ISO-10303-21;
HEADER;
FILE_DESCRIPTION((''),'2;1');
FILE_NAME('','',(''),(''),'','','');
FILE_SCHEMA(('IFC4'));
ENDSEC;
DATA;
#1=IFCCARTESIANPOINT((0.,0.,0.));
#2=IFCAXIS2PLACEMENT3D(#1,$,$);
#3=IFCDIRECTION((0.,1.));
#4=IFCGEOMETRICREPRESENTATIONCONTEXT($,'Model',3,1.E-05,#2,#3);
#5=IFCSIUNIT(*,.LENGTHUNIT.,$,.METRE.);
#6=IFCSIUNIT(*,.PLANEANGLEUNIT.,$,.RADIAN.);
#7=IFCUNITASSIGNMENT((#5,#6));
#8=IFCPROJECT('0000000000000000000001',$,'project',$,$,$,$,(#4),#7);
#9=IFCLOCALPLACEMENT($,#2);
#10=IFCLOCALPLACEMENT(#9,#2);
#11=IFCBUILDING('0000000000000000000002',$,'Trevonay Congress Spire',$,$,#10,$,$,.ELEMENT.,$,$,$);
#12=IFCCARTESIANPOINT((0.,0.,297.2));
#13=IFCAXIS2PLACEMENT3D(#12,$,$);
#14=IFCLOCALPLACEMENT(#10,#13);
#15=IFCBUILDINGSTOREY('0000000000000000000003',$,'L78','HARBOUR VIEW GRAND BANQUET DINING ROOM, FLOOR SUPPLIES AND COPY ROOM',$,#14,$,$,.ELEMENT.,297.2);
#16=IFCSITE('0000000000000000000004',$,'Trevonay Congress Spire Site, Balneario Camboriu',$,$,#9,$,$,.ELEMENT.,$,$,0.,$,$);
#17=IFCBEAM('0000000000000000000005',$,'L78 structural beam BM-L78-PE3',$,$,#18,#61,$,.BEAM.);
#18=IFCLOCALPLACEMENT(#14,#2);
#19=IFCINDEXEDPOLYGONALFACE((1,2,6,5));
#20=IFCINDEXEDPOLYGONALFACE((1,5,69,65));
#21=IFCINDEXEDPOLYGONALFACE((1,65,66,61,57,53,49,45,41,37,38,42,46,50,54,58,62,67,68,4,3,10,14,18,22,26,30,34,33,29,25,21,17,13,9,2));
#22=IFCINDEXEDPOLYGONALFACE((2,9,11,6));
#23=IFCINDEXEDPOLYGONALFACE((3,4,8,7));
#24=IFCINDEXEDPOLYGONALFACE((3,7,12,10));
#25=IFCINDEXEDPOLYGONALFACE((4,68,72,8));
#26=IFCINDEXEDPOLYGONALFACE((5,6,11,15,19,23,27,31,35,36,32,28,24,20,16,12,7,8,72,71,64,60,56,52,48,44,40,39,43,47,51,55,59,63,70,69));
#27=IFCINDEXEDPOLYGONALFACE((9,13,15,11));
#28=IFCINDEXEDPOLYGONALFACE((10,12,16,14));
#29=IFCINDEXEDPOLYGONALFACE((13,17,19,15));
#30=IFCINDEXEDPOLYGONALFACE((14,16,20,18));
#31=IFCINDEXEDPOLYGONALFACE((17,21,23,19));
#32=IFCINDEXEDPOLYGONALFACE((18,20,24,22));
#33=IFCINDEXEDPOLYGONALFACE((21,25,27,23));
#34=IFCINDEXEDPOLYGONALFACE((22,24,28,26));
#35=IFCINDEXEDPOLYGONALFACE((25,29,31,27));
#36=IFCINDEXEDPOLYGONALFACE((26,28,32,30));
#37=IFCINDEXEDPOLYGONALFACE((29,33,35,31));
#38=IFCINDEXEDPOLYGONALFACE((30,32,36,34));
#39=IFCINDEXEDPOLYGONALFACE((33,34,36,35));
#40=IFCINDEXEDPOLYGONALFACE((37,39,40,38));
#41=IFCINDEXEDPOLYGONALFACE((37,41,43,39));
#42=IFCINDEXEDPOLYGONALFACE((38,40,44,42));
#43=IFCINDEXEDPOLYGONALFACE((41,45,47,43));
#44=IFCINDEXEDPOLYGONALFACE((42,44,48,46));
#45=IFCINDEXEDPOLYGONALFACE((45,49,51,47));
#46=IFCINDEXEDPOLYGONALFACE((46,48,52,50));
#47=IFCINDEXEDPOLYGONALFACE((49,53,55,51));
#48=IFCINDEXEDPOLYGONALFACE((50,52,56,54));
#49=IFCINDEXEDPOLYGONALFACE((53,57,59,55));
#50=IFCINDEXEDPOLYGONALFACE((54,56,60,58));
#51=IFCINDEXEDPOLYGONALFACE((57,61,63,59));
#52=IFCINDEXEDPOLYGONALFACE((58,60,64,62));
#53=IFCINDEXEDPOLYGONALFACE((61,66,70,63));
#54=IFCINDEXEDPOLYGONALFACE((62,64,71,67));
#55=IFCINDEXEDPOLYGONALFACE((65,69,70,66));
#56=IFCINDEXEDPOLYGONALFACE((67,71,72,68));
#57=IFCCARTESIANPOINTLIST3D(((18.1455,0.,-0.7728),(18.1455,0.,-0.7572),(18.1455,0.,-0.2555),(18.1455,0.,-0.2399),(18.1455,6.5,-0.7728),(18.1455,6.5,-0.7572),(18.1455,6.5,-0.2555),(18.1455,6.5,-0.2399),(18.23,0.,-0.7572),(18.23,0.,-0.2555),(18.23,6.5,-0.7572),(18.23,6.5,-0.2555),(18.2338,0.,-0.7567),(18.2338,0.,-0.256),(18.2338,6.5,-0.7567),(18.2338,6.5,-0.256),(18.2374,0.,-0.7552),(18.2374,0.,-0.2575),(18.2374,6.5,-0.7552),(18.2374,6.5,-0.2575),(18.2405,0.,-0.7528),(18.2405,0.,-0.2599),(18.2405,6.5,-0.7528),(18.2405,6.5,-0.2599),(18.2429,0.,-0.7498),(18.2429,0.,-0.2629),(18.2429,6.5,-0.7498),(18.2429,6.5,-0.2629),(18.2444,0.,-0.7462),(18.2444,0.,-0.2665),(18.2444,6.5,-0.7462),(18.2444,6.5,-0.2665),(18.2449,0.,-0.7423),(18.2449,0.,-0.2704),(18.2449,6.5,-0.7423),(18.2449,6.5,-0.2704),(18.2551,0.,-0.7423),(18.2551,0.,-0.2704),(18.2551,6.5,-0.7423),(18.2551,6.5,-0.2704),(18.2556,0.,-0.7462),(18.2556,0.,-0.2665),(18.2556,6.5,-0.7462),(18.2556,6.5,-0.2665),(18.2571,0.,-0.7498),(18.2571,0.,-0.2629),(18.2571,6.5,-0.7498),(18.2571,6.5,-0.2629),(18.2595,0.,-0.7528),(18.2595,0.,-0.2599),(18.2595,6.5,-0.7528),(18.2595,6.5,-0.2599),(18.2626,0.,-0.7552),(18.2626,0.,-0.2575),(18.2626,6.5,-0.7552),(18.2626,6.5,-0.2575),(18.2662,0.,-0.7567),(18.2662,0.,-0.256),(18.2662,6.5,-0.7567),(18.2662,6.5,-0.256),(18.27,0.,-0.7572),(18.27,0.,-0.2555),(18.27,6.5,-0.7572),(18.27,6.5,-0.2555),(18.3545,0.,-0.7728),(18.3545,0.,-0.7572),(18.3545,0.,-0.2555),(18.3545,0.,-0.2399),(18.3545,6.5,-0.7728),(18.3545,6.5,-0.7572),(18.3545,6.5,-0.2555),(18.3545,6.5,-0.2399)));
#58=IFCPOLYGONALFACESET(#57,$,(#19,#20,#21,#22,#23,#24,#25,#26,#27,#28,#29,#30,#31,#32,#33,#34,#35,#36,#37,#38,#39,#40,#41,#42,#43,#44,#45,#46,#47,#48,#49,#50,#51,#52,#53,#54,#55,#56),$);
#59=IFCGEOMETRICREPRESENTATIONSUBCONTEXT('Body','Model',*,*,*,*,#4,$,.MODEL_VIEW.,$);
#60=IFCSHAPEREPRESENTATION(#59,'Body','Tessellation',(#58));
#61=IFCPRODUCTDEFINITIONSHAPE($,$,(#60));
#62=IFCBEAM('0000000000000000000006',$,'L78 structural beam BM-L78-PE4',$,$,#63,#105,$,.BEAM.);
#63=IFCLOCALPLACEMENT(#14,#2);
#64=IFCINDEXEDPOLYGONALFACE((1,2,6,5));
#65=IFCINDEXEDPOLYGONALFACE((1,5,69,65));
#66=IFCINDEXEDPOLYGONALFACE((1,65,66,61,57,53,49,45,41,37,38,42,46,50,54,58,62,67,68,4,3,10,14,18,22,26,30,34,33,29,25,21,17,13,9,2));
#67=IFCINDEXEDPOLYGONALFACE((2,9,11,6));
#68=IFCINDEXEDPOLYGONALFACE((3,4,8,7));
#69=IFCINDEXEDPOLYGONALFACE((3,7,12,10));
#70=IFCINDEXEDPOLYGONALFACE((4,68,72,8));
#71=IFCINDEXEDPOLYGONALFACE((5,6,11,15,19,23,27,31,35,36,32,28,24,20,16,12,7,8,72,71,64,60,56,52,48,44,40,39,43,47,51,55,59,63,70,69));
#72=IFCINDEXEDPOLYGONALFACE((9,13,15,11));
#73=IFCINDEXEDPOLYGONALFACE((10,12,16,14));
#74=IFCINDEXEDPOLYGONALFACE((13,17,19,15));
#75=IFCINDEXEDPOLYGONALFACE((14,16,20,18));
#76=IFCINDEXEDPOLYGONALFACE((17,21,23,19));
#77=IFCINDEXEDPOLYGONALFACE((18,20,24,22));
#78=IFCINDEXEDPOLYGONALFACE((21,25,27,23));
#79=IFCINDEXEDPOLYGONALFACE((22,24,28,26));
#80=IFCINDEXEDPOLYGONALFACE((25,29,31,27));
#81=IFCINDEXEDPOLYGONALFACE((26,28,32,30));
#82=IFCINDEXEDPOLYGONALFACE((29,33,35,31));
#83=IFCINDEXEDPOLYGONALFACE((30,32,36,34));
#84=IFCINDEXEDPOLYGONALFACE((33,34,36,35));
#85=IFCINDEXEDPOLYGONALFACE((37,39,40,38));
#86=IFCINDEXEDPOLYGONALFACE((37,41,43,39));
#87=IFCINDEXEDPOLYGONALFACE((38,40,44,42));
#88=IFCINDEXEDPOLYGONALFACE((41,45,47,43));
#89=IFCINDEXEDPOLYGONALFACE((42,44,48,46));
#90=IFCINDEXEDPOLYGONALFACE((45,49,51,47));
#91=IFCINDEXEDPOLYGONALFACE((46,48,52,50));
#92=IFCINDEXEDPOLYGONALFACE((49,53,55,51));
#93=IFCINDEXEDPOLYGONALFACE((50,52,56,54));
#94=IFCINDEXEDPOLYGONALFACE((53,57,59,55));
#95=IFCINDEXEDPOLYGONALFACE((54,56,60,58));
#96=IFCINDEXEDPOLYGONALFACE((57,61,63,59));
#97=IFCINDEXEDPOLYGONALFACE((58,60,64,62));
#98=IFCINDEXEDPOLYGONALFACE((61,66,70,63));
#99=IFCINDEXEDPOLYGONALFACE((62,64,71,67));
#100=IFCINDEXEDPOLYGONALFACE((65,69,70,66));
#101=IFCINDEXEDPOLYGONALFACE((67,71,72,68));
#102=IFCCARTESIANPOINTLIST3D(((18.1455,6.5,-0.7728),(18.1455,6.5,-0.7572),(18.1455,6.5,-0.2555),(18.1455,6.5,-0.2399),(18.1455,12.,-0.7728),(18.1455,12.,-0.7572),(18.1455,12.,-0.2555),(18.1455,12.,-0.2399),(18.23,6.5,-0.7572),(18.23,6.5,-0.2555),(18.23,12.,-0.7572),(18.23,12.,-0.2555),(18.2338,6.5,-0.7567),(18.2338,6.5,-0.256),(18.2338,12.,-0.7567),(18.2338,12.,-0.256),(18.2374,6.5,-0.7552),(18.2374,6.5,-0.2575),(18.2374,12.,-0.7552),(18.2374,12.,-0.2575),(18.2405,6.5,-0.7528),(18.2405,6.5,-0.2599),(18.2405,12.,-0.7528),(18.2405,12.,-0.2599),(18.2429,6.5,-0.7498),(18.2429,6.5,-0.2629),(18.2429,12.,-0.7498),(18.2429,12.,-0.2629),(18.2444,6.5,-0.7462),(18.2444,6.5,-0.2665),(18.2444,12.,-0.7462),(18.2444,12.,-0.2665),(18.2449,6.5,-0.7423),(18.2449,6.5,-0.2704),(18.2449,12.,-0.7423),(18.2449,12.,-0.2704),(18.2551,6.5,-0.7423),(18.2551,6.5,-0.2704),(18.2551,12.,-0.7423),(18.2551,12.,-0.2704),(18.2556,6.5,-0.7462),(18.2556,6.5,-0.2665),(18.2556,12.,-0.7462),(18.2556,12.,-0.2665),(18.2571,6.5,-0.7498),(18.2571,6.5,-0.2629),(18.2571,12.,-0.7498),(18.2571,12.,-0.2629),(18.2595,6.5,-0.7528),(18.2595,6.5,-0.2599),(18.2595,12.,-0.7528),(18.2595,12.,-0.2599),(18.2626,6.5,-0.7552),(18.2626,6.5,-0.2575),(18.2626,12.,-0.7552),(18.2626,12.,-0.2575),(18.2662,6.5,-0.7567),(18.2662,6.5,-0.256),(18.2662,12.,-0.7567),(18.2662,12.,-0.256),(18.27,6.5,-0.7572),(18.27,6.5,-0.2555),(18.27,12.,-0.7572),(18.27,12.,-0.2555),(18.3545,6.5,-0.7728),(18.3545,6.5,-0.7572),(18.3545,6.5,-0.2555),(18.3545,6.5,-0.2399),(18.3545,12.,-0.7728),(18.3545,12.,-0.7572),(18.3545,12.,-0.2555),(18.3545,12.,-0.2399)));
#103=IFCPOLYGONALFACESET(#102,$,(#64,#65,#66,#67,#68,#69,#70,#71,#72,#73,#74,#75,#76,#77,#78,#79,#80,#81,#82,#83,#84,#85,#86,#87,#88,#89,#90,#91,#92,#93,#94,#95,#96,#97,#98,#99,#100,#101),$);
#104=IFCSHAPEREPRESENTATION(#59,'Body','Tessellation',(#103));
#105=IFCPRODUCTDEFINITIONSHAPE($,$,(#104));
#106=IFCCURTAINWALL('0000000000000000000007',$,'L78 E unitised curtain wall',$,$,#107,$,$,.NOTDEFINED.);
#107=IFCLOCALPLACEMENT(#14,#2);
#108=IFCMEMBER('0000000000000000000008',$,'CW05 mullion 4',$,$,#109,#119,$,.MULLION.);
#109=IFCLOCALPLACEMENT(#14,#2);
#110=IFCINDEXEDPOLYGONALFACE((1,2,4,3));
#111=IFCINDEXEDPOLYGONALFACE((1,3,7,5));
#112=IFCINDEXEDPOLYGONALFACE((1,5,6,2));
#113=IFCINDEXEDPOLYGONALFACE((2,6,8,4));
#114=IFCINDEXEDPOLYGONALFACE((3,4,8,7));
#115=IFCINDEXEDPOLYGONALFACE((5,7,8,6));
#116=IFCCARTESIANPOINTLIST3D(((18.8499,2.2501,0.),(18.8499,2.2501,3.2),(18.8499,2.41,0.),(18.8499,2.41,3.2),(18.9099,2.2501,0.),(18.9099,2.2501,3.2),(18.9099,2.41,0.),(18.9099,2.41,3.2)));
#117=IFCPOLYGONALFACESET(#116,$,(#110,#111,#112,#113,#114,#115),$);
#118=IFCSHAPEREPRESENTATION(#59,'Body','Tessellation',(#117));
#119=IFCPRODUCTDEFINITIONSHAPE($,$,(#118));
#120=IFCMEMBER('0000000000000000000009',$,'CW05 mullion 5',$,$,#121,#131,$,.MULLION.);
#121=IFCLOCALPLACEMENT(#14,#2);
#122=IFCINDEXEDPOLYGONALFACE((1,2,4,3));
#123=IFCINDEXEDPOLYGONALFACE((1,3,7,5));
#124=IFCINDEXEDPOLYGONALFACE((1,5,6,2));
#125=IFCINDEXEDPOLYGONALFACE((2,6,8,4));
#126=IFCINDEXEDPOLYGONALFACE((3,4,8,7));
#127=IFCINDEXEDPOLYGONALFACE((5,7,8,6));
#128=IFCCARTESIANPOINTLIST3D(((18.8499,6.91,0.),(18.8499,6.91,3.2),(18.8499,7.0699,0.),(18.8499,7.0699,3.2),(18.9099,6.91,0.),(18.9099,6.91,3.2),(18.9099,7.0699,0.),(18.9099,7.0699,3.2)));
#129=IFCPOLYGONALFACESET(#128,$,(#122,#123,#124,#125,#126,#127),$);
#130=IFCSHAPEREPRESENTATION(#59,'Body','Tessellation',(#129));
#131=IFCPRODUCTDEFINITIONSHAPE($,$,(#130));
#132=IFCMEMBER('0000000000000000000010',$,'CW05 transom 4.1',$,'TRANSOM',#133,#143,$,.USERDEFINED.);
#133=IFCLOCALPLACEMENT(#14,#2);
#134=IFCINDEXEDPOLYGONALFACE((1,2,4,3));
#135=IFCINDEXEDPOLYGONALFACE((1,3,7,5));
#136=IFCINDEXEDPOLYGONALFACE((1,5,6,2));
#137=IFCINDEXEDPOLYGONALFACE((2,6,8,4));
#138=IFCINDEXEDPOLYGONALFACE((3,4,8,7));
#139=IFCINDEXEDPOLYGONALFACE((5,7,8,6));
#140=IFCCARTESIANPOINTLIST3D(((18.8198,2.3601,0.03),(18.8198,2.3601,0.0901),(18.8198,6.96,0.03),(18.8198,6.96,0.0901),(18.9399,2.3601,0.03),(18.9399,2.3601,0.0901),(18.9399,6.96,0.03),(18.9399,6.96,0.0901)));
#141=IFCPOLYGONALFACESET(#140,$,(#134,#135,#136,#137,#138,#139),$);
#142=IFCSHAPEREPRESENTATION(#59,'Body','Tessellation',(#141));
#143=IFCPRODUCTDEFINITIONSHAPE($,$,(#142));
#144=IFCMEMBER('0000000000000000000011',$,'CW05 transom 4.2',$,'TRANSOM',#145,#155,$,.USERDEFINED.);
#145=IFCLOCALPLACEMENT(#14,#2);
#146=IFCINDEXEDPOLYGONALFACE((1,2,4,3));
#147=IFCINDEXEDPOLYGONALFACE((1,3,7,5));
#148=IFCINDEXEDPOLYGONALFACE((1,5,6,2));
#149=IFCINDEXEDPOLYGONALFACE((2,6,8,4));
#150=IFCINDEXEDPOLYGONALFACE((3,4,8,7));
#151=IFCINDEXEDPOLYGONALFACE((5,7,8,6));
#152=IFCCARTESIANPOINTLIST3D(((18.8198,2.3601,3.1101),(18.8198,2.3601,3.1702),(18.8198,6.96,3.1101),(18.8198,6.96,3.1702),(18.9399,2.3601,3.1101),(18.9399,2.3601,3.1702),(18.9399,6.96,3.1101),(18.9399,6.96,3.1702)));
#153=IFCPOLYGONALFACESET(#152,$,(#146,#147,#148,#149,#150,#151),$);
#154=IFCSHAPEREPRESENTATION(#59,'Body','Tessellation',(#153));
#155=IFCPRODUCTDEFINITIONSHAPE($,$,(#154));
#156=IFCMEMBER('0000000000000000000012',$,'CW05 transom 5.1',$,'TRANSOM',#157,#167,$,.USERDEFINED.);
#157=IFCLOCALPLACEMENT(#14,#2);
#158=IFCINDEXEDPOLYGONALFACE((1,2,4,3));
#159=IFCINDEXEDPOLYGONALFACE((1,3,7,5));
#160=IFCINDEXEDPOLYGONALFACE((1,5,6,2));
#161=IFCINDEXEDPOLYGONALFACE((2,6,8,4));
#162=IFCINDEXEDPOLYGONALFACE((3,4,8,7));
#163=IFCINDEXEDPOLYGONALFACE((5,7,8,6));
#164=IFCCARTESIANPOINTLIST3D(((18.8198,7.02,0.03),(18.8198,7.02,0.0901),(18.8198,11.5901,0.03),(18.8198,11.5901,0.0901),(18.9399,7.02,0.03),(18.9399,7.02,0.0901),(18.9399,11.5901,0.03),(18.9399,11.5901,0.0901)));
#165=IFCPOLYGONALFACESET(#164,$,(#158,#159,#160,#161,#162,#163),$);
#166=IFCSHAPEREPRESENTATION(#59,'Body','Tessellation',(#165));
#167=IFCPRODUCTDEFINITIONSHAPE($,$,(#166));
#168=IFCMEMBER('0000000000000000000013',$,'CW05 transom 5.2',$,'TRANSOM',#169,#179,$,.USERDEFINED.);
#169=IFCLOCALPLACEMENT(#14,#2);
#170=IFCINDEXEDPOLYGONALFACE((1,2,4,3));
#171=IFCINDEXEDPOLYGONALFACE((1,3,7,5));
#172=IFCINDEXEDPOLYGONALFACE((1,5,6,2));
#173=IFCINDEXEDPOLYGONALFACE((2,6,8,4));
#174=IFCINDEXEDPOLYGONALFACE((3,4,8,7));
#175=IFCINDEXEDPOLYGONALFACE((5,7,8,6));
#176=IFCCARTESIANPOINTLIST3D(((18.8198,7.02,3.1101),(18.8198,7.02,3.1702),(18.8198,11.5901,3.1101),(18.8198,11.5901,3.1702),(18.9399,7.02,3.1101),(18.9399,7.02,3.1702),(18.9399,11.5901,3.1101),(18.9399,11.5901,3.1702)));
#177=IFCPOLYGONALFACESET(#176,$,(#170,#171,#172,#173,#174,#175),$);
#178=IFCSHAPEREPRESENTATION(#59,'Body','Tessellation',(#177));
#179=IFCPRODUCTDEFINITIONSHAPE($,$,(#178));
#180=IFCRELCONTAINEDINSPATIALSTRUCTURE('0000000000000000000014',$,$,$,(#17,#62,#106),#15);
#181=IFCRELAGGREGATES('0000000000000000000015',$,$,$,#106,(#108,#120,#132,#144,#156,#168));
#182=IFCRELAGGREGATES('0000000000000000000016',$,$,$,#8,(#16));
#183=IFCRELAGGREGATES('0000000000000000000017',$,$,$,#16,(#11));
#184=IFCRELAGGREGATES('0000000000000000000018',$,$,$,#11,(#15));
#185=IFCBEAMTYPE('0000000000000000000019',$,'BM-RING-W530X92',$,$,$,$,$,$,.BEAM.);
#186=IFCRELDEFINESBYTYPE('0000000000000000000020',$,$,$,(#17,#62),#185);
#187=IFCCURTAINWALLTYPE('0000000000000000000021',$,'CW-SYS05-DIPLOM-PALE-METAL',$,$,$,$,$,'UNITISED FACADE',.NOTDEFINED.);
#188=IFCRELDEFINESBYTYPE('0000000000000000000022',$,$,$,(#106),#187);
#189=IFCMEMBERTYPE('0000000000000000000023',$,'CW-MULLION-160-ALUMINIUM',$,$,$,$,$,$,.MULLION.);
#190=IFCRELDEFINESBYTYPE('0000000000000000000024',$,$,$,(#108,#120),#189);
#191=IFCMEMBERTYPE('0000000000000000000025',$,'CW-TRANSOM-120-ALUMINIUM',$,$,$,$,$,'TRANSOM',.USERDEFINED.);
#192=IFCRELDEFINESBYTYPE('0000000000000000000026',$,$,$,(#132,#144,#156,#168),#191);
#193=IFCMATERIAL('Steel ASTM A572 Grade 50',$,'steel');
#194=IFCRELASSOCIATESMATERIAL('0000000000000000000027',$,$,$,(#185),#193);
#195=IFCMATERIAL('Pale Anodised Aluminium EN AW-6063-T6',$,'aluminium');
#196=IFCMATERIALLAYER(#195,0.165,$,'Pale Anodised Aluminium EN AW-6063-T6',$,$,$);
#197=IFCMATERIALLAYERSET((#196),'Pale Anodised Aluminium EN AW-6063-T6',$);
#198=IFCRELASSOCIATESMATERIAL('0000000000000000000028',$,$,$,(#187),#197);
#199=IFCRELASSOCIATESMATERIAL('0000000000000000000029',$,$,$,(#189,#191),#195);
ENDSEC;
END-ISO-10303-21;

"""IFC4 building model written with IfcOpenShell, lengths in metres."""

from ifc_helpers import new_model, si_unit, direction, frame, origin, origin_2d, place, context, subcontext, project, spatial, rectangle, i_section, extrude, material, layer, layer_set, material_profile, profile_set, type_object, element, aggregate, save


model = new_model("IFC4")

# Units and contexts
model_context = context("Model", 3, precision=1e-05, world=origin(), true_north=direction((0.0, 1.0)))
body_context = subcontext(model_context, "Body", "Model", "MODEL_VIEW")
ifc_project = project(units=[si_unit("LENGTHUNIT", "METRE"), si_unit("PLANEANGLEUNIT", "RADIAN")], contexts=[model_context])

# Site, building, storey
site_placement = place(None, origin())
site = spatial("IfcSite", under=ifc_project, at=site_placement, Name="Trevonay Congress Spire Site, Balneario Camboriu", CompositionType="ELEMENT", RefElevation=0.0)
building_placement = place(site_placement, origin())
building = spatial("IfcBuilding", under=site, at=building_placement, Name="Trevonay Congress Spire", CompositionType="ELEMENT")
storey_placement = place(building_placement, frame((0.0, 0.0, 297.2)))
storey = spatial("IfcBuildingStorey", under=building, at=storey_placement, Name="L78", Description="HARBOUR VIEW GRAND BANQUET DINING ROOM, FLOOR SUPPLIES AND COPY ROOM", CompositionType="ELEMENT", Elevation=297.2)

# Shared definitions
ifc_material_1 = material(Name="Steel ASTM A572 Grade 50", Category="steel")

# Beams
ifc_material_profile_1 = material_profile(ifc_material_1, i_section(OverallWidth=0.209, OverallDepth=0.533, WebThickness=0.0103, FlangeThickness=0.0156, FilletRadius=0.0149, at=origin_2d()), Name="W530x92")
ifc_profile_set_1 = profile_set([ifc_material_profile_1], Name="Steel ASTM A572 Grade 50")
beam_type_1 = type_object("IfcBeamType", Name="BM-RING-W530X92", PredefinedType="BEAM", material=ifc_profile_set_1)
beam_1_placement = place(storey_placement, frame((18.25, 0.0, -0.5063), z_axis=(0.0, 1.0, 0.0), x_axis=(-1.0, 0.0, 0.0)))
element("IfcBeam", 1, at=beam_1_placement, inside=storey, type_object=beam_type_1, Name="L78 structural beam BM-L78-PE3", PredefinedType="BEAM", context=body_context, shape_type="SweptSolid", body=[
    extrude(i_section(OverallWidth=0.209, OverallDepth=0.533, WebThickness=0.0103, FlangeThickness=0.0156, FilletRadius=0.0149, at=origin_2d()), origin(), (0.0, 0.0, 1.0), 6.5),
])
beam_2_placement = place(storey_placement, frame((18.25, 6.5, -0.5063), z_axis=(0.0, 1.0, 0.0), x_axis=(-1.0, 0.0, 0.0)))
element("IfcBeam", 2, at=beam_2_placement, inside=storey, type_object=beam_type_1, Name="L78 structural beam BM-L78-PE4", PredefinedType="BEAM", context=body_context, shape_type="SweptSolid", body=[
    extrude(i_section(OverallWidth=0.209, OverallDepth=0.533, WebThickness=0.0103, FlangeThickness=0.0156, FilletRadius=0.0149, at=origin_2d()), origin(), (0.0, 0.0, 1.0), 5.5),
])

# Curtain wall, members
ifc_material_2 = material(Name="Pale Anodised Aluminium EN AW-6063-T6", Category="aluminium")
ifc_layer_1 = layer(ifc_material_2, 0.165, Name="Pale Anodised Aluminium EN AW-6063-T6")
ifc_layer_set_1 = layer_set([ifc_layer_1], Name="Pale Anodised Aluminium EN AW-6063-T6")
curtain_wall_type = type_object("IfcCurtainWallType", Name="CW-SYS05-DIPLOM-PALE-METAL", ElementType="UNITISED FACADE", PredefinedType="NOTDEFINED", material=ifc_layer_set_1)
curtain_wall_placement = place(storey_placement, origin())
curtain_wall = element("IfcCurtainWall", 3, at=curtain_wall_placement, inside=storey, type_object=curtain_wall_type, Name="L78 E unitised curtain wall", PredefinedType="NOTDEFINED")
ifc_material_profile_2 = material_profile(ifc_material_2, rectangle(XDim=0.0601, YDim=0.1599, at=origin_2d()), Name="CW-MULLION-160-ALUMINIUM")
ifc_profile_set_2 = profile_set([ifc_material_profile_2], Name="Pale Anodised Aluminium EN AW-6063-T6")
member_type_1 = type_object("IfcMemberType", Name="CW-MULLION-160-ALUMINIUM", PredefinedType="MULLION", material=ifc_profile_set_2)
member_1_placement = place(storey_placement, frame((18.8799, 2.3301, 0.0), z_axis=(0.0, 0.0, 1.0), x_axis=(-1.0, 0.0, 0.0)))
member_1 = element("IfcMember", 4, at=member_1_placement, type_object=member_type_1, Name="CW05 mullion 4", PredefinedType="MULLION", context=body_context, shape_type="SweptSolid", body=[
    extrude(rectangle(XDim=0.0601, YDim=0.1599, at=origin_2d()), origin(), (0.0, 0.0, 1.0), 3.2),
])
member_2_placement = place(storey_placement, frame((18.8799, 6.99, 0.0), z_axis=(0.0, 0.0, 1.0), x_axis=(-1.0, 0.0, 0.0)))
member_2 = element("IfcMember", 5, at=member_2_placement, type_object=member_type_1, Name="CW05 mullion 5", PredefinedType="MULLION", context=body_context, shape_type="SweptSolid", body=[
    extrude(rectangle(XDim=0.0601, YDim=0.1599, at=origin_2d()), origin(), (0.0, 0.0, 1.0), 3.2),
])
ifc_material_profile_3 = material_profile(ifc_material_2, rectangle(XDim=0.1201, YDim=0.0601, at=origin_2d()), Name="CW-TRANSOM-120-ALUMINIUM")
ifc_profile_set_3 = profile_set([ifc_material_profile_3], Name="Pale Anodised Aluminium EN AW-6063-T6")
member_type_2 = type_object("IfcMemberType", Name="CW-TRANSOM-120-ALUMINIUM", ElementType="TRANSOM", PredefinedType="USERDEFINED", material=ifc_profile_set_3)
member_3_placement = place(storey_placement, frame((18.8799, 2.3601, 0.0601), z_axis=(0.0, 1.0, 0.0), x_axis=(-1.0, 0.0, 0.0)))
member_3 = element("IfcMember", 6, at=member_3_placement, type_object=member_type_2, Name="CW05 transom 4.1", ObjectType="TRANSOM", PredefinedType="USERDEFINED", context=body_context, shape_type="SweptSolid", body=[
    extrude(rectangle(XDim=0.1201, YDim=0.0601, at=origin_2d()), origin(), (0.0, 0.0, 1.0), 4.5999),
])
member_4_placement = place(storey_placement, frame((18.8799, 2.3601, 3.1401), z_axis=(0.0, 1.0, 0.0), x_axis=(-1.0, 0.0, 0.0)))
member_4 = element("IfcMember", 7, at=member_4_placement, type_object=member_type_2, Name="CW05 transom 4.2", ObjectType="TRANSOM", PredefinedType="USERDEFINED", context=body_context, shape_type="SweptSolid", body=[
    extrude(rectangle(XDim=0.1201, YDim=0.0601, at=origin_2d()), origin(), (0.0, 0.0, 1.0), 4.5999),
])
member_5_placement = place(storey_placement, frame((18.8799, 7.02, 0.0601), z_axis=(0.0, 1.0, 0.0), x_axis=(-1.0, 0.0, 0.0)))
member_5 = element("IfcMember", 8, at=member_5_placement, type_object=member_type_2, Name="CW05 transom 5.1", ObjectType="TRANSOM", PredefinedType="USERDEFINED", context=body_context, shape_type="SweptSolid", body=[
    extrude(rectangle(XDim=0.1201, YDim=0.0601, at=origin_2d()), origin(), (0.0, 0.0, 1.0), 4.5701),
])
member_6_placement = place(storey_placement, frame((18.8799, 7.02, 3.1401), z_axis=(0.0, 1.0, 0.0), x_axis=(-1.0, 0.0, 0.0)))
member_6 = element("IfcMember", 9, at=member_6_placement, type_object=member_type_2, Name="CW05 transom 5.2", ObjectType="TRANSOM", PredefinedType="USERDEFINED", context=body_context, shape_type="SweptSolid", body=[
    extrude(rectangle(XDim=0.1201, YDim=0.0601, at=origin_2d()), origin(), (0.0, 0.0, 1.0), 4.5701),
])

aggregate(curtain_wall, [member_1, member_2, member_3, member_4, member_5, member_6])

save(model, "model.ifc")
